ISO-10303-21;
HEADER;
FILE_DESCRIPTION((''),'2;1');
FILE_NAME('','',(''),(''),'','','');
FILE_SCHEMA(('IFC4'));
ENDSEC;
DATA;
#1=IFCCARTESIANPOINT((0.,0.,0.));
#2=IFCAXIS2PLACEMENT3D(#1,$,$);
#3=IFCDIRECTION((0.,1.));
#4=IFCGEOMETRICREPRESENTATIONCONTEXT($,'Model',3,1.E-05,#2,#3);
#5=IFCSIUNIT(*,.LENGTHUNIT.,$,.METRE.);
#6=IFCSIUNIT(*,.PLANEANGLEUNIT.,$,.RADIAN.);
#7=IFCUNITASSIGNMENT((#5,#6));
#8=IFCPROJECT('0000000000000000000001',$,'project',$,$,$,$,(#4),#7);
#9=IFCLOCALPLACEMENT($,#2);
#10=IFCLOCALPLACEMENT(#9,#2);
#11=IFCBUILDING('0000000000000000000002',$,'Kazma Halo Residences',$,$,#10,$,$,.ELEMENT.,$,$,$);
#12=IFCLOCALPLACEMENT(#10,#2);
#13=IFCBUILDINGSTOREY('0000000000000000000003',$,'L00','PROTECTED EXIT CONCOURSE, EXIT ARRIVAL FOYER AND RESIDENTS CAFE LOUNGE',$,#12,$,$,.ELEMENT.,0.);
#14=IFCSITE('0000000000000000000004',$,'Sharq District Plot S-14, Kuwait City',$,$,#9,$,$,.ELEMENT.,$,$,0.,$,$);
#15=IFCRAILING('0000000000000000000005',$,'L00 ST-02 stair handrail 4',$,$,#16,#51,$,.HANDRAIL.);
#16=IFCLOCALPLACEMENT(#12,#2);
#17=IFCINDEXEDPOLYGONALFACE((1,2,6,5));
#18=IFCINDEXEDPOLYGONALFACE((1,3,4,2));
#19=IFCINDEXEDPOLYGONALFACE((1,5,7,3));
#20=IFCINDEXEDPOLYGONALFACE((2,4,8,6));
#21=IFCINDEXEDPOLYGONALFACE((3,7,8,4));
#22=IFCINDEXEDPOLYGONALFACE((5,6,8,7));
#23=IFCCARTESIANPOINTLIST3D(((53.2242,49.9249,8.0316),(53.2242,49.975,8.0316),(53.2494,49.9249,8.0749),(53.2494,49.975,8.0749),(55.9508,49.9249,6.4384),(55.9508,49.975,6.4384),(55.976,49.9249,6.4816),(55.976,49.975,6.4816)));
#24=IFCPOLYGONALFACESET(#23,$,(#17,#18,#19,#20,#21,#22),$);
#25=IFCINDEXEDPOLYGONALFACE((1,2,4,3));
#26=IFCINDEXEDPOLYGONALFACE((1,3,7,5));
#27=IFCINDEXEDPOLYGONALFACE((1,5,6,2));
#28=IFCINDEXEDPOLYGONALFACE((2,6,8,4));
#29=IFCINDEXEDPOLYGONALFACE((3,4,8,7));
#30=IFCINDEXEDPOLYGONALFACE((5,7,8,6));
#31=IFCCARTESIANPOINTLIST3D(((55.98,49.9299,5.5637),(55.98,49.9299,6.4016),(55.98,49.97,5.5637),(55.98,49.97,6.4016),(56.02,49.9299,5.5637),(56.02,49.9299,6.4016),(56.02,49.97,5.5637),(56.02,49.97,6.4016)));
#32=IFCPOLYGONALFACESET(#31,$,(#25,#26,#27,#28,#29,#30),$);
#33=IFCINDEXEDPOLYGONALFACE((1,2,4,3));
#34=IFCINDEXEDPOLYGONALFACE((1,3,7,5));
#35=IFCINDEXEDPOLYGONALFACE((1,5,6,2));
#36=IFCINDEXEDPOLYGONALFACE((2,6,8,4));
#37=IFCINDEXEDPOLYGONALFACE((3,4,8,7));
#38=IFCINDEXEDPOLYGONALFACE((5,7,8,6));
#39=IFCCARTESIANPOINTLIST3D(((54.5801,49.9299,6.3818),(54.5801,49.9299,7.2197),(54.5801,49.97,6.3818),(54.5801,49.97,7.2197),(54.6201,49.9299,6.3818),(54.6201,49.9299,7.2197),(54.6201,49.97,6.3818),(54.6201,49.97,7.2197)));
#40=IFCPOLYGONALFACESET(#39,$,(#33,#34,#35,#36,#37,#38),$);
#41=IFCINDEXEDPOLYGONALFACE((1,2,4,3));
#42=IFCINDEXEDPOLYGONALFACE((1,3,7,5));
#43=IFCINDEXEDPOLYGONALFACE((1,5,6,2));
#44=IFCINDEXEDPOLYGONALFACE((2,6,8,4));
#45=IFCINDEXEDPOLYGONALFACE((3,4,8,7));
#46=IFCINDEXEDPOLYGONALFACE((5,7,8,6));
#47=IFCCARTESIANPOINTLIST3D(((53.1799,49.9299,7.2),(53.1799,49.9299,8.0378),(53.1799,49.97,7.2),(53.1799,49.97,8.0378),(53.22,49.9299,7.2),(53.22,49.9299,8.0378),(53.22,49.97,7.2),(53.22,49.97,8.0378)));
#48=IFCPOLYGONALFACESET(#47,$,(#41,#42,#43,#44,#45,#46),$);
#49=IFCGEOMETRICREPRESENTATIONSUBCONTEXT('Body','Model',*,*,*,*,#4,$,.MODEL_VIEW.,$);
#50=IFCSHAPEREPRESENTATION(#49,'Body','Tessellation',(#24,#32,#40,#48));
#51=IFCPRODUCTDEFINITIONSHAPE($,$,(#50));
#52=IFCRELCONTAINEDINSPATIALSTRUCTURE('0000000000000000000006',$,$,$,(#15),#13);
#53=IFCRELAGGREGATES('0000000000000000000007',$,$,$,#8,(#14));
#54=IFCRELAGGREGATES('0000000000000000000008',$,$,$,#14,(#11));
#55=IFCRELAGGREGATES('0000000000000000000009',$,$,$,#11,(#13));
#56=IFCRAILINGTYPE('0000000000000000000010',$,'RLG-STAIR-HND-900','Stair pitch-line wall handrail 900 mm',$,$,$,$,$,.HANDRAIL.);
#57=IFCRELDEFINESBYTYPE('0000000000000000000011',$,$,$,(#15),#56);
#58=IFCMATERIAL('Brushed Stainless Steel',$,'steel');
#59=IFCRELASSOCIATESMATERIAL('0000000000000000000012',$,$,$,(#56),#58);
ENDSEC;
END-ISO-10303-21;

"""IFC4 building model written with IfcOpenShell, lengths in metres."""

from ifc_helpers import new_model, si_unit, direction, frame, origin, origin_2d, place, context, subcontext, project, spatial, rectangle, extrude, material, type_object, element, save


model = new_model("IFC4")

# Units and contexts
model_context = context("Model", 3, precision=1e-05, world=origin(), true_north=direction((0.0, 1.0)))
body_context = subcontext(model_context, "Body", "Model", "MODEL_VIEW")
ifc_project = project(units=[si_unit("LENGTHUNIT", "METRE"), si_unit("PLANEANGLEUNIT", "RADIAN")], contexts=[model_context])

# Site, building, storey
site_placement = place(None, origin())
site = spatial("IfcSite", under=ifc_project, at=site_placement, Name="Sharq District Plot S-14, Kuwait City", CompositionType="ELEMENT", RefElevation=0.0)
building_placement = place(site_placement, origin())
building = spatial("IfcBuilding", under=site, at=building_placement, Name="Kazma Halo Residences", CompositionType="ELEMENT")
storey_placement = place(building_placement, origin())
storey = spatial("IfcBuildingStorey", under=building, at=storey_placement, Name="L00", Description="PROTECTED EXIT CONCOURSE, EXIT ARRIVAL FOYER AND RESIDENTS CAFE LOUNGE", CompositionType="ELEMENT", Elevation=0.0)

# Railing
ifc_material_1 = material(Name="Brushed Stainless Steel", Category="steel")
railing_type = type_object("IfcRailingType", Name="RLG-STAIR-HND-900", Description="Stair pitch-line wall handrail 900 mm", PredefinedType="HANDRAIL", material=ifc_material_1)
railing_1_placement = place(storey_placement, frame((56.0, 49.95, 5.5637)))
element("IfcRailing", 1, at=railing_1_placement, inside=storey, type_object=railing_type, Name="L00 ST-02 stair handrail 4", PredefinedType="HANDRAIL", context=body_context, shape_type="SweptSolid", body=[
    extrude(rectangle(XDim=0.05, YDim=0.05, at=origin_2d()), frame((-0.0366, 0.0, 0.8962), z_axis=(-0.863394, 0.0, 0.504531), x_axis=(0.0, -1.0, 0.0)), (0.0, 0.0, 1.0), 3.158),
    extrude(rectangle(XDim=0.04, YDim=0.04, at=origin_2d()), origin(), (0.0, 0.0, 1.0), 0.8379),
    extrude(rectangle(XDim=0.04, YDim=0.04, at=origin_2d()), frame((-1.3999, 0.0, 0.8181)), (0.0, 0.0, 1.0), 0.8379),
    extrude(rectangle(XDim=0.04, YDim=0.04, at=origin_2d()), frame((-2.8, 0.0, 1.6362)), (0.0, 0.0, 1.0), 0.8379),
])

save(model, "model.ifc")
